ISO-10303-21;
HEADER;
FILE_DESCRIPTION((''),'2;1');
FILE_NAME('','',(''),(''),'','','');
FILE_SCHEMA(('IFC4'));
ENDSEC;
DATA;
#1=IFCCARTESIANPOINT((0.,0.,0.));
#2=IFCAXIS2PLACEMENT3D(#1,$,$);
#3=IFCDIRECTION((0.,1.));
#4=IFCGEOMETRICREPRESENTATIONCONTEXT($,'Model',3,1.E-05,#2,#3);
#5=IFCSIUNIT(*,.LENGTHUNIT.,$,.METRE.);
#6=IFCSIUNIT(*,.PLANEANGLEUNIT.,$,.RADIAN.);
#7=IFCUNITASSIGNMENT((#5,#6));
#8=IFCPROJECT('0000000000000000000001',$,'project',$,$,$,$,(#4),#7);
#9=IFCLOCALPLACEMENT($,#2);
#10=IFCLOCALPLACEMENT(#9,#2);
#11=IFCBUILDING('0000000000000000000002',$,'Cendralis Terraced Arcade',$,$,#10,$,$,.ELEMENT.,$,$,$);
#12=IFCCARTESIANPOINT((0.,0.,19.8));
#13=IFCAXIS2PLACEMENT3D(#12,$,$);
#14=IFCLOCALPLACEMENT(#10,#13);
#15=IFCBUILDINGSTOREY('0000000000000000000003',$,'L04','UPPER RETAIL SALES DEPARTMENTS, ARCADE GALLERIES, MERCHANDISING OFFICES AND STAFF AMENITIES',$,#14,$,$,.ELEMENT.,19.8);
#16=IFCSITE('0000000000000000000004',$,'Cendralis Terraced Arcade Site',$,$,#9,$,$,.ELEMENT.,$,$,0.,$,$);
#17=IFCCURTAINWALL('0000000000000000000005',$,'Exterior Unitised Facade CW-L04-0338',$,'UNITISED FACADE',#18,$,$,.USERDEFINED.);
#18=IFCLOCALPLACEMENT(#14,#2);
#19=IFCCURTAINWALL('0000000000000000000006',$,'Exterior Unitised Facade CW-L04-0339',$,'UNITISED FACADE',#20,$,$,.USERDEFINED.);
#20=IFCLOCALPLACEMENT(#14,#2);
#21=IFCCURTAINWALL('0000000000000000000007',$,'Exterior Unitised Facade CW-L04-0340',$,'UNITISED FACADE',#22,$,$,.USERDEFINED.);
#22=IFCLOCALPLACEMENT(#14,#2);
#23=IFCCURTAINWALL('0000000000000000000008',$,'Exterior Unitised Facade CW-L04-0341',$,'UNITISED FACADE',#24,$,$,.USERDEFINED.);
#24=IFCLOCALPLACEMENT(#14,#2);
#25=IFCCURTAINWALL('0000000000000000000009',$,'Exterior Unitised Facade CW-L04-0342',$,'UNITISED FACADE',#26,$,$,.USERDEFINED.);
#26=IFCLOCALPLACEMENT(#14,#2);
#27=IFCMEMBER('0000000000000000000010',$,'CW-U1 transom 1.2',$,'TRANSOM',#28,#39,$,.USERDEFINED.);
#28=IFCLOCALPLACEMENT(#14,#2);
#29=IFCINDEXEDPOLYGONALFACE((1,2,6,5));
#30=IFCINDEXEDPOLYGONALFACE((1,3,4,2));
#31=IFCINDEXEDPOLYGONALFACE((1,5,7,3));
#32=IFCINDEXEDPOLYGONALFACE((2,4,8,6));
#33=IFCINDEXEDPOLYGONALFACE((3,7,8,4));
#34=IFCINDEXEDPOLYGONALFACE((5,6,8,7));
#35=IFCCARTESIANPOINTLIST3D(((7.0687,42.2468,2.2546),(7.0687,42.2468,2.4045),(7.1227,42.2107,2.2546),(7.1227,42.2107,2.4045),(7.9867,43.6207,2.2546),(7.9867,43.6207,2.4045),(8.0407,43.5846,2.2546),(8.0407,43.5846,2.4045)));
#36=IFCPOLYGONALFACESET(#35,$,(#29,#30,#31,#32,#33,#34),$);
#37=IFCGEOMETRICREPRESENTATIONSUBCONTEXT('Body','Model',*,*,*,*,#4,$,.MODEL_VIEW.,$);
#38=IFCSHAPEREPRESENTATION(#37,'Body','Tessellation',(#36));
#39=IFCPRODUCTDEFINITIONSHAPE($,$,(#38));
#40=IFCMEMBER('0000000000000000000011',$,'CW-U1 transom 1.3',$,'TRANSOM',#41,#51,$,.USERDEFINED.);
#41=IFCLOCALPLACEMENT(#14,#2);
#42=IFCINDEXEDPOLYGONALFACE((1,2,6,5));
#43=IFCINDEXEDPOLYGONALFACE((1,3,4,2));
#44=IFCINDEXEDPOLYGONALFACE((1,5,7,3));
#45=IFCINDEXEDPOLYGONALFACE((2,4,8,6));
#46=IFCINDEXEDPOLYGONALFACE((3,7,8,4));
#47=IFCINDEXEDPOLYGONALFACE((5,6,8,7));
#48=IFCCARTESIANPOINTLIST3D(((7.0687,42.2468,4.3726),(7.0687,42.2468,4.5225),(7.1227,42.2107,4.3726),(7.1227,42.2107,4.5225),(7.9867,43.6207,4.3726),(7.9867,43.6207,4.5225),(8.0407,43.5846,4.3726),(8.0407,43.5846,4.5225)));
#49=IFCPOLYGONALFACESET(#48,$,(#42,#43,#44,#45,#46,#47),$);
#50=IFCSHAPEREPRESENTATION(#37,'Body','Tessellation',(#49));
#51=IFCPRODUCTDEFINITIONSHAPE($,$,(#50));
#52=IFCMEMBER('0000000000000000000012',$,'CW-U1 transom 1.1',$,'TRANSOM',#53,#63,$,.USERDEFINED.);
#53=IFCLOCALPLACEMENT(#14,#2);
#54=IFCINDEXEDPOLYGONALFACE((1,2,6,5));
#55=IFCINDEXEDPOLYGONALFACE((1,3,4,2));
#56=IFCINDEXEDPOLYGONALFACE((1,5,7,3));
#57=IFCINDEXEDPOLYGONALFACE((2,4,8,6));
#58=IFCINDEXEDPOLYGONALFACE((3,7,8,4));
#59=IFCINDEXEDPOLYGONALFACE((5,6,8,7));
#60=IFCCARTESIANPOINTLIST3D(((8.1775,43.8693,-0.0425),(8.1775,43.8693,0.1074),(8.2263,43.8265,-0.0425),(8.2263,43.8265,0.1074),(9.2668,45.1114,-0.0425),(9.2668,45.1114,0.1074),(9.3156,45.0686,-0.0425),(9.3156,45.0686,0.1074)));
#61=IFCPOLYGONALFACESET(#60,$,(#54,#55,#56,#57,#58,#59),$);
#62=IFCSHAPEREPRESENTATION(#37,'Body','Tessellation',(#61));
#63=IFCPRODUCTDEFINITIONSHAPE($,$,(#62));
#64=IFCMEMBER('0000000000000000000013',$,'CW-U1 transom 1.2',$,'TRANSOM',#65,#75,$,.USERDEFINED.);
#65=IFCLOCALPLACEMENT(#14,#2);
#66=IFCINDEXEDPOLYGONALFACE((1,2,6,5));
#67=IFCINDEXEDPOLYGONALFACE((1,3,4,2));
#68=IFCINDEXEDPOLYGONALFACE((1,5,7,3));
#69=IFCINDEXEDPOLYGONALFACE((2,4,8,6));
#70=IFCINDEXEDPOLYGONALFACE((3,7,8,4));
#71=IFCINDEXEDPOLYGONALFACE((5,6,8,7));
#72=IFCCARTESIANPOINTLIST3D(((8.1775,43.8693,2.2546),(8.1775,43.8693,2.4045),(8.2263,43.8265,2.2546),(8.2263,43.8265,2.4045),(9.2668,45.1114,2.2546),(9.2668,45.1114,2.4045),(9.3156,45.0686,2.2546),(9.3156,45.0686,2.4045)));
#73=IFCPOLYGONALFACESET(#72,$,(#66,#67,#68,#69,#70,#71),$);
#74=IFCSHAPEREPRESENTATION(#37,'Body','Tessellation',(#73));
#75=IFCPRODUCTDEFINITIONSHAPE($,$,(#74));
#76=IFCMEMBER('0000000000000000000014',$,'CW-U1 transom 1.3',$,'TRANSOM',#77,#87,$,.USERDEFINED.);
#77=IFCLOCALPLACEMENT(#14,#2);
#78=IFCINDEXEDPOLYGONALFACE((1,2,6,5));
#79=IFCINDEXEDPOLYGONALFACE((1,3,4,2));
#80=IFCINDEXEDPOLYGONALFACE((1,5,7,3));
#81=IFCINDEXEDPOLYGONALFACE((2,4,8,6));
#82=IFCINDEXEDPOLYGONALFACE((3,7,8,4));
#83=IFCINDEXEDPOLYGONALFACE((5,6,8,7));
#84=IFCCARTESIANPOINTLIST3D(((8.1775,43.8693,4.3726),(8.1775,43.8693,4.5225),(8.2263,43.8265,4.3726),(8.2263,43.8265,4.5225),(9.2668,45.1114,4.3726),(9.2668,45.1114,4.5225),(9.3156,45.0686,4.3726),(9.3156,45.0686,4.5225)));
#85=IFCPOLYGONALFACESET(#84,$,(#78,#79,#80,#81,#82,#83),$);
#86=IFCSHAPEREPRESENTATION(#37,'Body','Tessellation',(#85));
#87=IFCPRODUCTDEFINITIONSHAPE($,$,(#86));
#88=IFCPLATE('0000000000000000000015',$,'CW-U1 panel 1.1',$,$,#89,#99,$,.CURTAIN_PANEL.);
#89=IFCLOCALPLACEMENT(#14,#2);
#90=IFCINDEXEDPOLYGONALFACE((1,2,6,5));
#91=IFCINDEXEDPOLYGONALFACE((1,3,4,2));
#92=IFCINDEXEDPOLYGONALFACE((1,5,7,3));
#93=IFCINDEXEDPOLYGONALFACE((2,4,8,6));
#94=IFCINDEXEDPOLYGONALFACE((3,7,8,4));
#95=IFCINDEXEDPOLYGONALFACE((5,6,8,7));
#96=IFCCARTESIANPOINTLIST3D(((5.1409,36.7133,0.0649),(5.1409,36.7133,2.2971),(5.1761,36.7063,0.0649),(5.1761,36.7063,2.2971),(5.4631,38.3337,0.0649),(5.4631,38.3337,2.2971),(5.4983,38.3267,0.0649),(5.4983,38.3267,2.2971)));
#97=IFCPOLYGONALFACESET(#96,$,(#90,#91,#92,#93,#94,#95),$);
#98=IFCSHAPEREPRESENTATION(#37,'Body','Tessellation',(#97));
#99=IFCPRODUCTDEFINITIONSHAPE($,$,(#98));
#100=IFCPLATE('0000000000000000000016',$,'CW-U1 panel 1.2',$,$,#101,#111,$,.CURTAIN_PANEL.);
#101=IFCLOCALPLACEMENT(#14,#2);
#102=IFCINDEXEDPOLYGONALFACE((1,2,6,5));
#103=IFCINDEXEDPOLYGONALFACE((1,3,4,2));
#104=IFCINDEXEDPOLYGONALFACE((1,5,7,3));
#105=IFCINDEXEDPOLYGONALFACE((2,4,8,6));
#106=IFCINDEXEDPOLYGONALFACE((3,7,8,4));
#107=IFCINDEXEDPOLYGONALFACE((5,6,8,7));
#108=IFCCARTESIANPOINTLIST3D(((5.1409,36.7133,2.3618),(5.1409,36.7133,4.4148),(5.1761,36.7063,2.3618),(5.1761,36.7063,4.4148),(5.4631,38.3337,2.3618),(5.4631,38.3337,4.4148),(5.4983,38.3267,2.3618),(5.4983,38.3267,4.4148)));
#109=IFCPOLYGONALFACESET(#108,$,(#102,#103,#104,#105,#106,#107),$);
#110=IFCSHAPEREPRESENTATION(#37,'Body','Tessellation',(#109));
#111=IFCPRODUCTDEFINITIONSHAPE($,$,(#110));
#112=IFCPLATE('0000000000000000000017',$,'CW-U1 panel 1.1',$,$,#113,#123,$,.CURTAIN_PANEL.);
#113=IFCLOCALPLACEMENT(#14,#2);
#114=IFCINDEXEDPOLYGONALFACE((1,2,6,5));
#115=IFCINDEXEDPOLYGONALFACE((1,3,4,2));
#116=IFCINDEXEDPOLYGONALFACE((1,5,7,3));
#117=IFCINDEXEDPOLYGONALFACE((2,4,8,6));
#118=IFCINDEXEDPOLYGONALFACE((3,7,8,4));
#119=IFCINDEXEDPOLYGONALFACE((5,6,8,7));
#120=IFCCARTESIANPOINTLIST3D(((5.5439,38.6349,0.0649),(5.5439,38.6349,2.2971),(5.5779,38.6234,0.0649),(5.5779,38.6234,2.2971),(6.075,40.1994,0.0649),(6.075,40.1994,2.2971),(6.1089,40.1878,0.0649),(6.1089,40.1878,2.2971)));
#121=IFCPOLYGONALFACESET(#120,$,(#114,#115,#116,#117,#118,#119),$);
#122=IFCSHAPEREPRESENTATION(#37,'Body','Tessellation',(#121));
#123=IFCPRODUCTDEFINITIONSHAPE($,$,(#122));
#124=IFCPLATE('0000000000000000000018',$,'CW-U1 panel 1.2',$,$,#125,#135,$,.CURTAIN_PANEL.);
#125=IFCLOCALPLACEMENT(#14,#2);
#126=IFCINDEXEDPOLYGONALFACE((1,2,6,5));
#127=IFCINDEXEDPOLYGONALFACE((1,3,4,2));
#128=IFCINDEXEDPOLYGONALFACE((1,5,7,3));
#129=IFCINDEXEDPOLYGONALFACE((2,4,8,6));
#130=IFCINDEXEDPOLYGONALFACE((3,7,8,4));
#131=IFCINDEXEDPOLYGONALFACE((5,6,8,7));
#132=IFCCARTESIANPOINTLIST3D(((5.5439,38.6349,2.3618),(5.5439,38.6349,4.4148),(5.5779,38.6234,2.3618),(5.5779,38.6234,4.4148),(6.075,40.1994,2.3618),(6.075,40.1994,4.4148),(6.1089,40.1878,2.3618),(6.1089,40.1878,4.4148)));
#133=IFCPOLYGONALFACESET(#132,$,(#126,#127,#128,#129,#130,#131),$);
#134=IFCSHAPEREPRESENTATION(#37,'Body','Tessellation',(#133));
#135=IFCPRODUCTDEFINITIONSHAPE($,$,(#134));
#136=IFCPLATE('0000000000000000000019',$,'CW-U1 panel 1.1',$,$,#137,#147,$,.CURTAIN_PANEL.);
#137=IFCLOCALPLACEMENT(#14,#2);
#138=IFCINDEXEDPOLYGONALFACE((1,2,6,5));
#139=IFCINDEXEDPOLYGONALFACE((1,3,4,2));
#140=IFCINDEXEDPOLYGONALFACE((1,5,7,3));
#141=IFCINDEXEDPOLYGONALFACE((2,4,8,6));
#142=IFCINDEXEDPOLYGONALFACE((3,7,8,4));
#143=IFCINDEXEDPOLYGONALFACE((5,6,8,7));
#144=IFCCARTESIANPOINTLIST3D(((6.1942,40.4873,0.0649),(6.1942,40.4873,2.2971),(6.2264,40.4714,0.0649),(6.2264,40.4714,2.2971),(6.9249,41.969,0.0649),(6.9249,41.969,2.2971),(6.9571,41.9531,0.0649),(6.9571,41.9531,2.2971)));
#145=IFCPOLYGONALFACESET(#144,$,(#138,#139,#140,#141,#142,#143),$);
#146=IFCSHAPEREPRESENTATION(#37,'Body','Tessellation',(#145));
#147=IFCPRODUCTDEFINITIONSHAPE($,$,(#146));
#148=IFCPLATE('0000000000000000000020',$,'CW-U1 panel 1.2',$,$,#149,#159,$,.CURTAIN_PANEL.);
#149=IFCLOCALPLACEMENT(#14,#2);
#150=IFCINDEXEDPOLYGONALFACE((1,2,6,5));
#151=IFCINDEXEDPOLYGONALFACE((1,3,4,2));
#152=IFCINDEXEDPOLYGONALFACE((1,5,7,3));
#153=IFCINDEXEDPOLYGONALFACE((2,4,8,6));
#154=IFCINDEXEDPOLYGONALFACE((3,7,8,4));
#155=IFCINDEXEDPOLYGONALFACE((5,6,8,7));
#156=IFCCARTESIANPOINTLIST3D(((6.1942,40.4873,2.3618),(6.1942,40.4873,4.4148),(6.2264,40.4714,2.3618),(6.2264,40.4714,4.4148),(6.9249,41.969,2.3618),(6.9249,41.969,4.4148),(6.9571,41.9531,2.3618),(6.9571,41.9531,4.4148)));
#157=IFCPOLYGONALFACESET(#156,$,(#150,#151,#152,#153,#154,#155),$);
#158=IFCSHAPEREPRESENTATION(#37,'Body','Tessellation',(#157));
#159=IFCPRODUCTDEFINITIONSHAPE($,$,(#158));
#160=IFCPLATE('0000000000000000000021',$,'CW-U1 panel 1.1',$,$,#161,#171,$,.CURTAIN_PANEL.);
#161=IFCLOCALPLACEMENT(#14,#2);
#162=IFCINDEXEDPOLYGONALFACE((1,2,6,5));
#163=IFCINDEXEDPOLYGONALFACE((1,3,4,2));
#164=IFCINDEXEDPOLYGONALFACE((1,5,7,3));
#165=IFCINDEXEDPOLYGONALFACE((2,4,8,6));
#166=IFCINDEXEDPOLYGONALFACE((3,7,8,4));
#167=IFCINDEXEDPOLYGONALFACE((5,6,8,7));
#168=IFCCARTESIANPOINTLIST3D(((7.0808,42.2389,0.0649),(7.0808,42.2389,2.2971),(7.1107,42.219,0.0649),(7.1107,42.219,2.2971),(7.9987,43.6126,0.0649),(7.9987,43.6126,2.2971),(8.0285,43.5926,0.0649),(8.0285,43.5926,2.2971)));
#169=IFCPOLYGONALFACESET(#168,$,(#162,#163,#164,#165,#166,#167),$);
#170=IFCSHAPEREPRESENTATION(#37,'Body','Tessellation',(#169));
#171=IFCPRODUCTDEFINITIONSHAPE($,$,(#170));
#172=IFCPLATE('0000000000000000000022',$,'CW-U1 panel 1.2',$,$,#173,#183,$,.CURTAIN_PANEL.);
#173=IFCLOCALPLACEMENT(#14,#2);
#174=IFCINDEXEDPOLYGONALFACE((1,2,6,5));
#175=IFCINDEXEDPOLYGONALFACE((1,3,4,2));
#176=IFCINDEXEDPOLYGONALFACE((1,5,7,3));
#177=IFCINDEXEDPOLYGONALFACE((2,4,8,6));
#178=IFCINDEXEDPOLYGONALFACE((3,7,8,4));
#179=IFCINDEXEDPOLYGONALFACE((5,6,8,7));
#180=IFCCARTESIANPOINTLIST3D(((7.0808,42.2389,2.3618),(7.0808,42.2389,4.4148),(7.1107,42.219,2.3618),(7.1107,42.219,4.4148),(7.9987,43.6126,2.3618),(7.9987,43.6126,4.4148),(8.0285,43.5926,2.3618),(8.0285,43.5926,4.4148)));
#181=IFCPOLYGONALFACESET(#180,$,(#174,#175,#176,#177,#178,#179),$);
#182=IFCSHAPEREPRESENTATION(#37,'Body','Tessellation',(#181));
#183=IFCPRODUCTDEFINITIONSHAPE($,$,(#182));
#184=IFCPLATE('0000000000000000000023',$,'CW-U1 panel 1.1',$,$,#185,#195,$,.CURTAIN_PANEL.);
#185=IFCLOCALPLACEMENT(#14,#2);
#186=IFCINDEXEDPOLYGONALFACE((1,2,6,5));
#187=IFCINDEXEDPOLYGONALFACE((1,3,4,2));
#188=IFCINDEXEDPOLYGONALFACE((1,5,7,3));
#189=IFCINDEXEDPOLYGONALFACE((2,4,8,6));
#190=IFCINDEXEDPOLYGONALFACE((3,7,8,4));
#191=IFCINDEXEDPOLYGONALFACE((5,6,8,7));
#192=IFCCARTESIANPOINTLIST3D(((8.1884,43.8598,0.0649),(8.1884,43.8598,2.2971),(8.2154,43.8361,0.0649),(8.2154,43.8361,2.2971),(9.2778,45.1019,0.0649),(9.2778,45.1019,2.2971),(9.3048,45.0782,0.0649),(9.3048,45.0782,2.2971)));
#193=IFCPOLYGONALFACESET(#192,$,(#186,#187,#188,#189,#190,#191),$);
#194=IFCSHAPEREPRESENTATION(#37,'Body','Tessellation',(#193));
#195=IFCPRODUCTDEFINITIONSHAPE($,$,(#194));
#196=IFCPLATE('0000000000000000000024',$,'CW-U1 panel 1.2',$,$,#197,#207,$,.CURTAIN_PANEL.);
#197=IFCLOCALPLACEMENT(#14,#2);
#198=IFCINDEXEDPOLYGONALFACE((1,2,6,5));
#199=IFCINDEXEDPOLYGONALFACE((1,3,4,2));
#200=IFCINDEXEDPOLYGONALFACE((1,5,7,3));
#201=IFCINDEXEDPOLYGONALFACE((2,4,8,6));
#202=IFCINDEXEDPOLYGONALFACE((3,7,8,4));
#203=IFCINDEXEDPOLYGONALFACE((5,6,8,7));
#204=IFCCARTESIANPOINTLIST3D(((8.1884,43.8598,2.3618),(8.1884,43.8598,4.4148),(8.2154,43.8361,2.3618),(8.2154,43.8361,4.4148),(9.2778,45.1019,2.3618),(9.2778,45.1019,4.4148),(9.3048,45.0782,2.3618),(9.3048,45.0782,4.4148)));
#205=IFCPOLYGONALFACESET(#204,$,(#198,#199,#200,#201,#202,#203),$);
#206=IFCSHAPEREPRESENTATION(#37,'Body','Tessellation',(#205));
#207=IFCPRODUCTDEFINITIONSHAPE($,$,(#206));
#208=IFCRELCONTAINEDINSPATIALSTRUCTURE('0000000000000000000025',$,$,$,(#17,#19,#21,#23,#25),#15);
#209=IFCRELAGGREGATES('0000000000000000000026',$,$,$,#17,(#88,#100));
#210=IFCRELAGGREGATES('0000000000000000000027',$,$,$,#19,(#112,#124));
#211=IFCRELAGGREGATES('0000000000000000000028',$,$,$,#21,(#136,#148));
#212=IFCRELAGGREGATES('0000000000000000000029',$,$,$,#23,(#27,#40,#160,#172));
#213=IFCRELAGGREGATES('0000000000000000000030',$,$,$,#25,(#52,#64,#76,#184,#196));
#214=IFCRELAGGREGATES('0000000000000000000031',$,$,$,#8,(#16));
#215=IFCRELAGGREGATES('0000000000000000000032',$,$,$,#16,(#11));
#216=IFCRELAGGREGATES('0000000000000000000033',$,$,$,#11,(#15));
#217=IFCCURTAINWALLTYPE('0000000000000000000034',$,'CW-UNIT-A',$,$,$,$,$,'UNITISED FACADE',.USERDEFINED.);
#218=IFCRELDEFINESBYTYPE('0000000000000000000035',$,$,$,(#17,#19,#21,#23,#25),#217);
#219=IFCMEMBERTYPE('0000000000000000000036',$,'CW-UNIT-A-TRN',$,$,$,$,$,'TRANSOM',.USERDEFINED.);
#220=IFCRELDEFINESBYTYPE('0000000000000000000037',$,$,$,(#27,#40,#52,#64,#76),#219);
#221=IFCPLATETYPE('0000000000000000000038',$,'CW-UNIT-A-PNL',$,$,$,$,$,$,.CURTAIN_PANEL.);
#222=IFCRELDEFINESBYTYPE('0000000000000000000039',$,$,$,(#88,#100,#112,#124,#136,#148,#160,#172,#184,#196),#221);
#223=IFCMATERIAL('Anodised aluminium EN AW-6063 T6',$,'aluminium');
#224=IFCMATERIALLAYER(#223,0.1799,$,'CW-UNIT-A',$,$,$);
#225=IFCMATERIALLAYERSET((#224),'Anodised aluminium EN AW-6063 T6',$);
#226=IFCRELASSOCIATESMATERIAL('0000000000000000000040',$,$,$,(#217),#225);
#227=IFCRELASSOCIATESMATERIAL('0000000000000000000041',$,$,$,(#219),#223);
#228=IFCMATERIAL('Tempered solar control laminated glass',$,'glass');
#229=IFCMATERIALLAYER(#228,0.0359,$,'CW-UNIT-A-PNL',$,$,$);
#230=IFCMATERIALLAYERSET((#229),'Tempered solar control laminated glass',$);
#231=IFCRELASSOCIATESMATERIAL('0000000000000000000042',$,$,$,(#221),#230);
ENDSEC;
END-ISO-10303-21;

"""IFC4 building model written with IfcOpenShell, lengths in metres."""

from ifc_helpers import new_model, si_unit, direction, frame, origin, origin_2d, place, context, subcontext, project, spatial, rectangle, extrude, material, layer, layer_set, material_profile, profile_set, type_object, element, aggregate, save


model = new_model("IFC4")

# Units and contexts
model_context = context("Model", 3, precision=1e-05, world=origin(), true_north=direction((0.0, 1.0)))
body_context = subcontext(model_context, "Body", "Model", "MODEL_VIEW")
ifc_project = project(units=[si_unit("LENGTHUNIT", "METRE"), si_unit("PLANEANGLEUNIT", "RADIAN")], contexts=[model_context])

# Site, building, storey
site_placement = place(None, origin())
site = spatial("IfcSite", under=ifc_project, at=site_placement, Name="Cendralis Terraced Arcade Site", CompositionType="ELEMENT", RefElevation=0.0)
building_placement = place(site_placement, origin())
building = spatial("IfcBuilding", under=site, at=building_placement, Name="Cendralis Terraced Arcade", CompositionType="ELEMENT")
storey_placement = place(building_placement, frame((0.0, 0.0, 19.8)))
storey = spatial("IfcBuildingStorey", under=building, at=storey_placement, Name="L04", Description="UPPER RETAIL SALES DEPARTMENTS, ARCADE GALLERIES, MERCHANDISING OFFICES AND STAFF AMENITIES", CompositionType="ELEMENT", Elevation=19.8)

# Curtain wall
ifc_material_1 = material(Name="Anodised aluminium EN AW-6063 T6", Category="aluminium")
ifc_layer_1 = layer(ifc_material_1, 0.1799, Name="CW-UNIT-A")
ifc_layer_set_1 = layer_set([ifc_layer_1], Name="Anodised aluminium EN AW-6063 T6")
curtain_wall_type = type_object("IfcCurtainWallType", Name="CW-UNIT-A", ElementType="UNITISED FACADE", PredefinedType="USERDEFINED", material=ifc_layer_set_1)
curtain_wall_1_placement = place(storey_placement, origin())
curtain_wall_1 = element("IfcCurtainWall", 1, at=curtain_wall_1_placement, inside=storey, type_object=curtain_wall_type, Name="Exterior Unitised Facade CW-L04-0338", ObjectType="UNITISED FACADE", PredefinedType="USERDEFINED")

# Curtain walls
curtain_wall_2_placement = place(storey_placement, origin())
curtain_wall_2 = element("IfcCurtainWall", 2, at=curtain_wall_2_placement, inside=storey, type_object=curtain_wall_type, Name="Exterior Unitised Facade CW-L04-0339", ObjectType="UNITISED FACADE", PredefinedType="USERDEFINED")
curtain_wall_3_placement = place(storey_placement, origin())
curtain_wall_3 = element("IfcCurtainWall", 3, at=curtain_wall_3_placement, inside=storey, type_object=curtain_wall_type, Name="Exterior Unitised Facade CW-L04-0340", ObjectType="UNITISED FACADE", PredefinedType="USERDEFINED")
curtain_wall_4_placement = place(storey_placement, origin())
curtain_wall_4 = element("IfcCurtainWall", 4, at=curtain_wall_4_placement, inside=storey, type_object=curtain_wall_type, Name="Exterior Unitised Facade CW-L04-0341", ObjectType="UNITISED FACADE", PredefinedType="USERDEFINED")

# Curtain wall
curtain_wall_5_placement = place(storey_placement, origin())
curtain_wall_5 = element("IfcCurtainWall", 5, at=curtain_wall_5_placement, inside=storey, type_object=curtain_wall_type, Name="Exterior Unitised Facade CW-L04-0342", ObjectType="UNITISED FACADE", PredefinedType="USERDEFINED")

# Members
ifc_material_profile_1 = material_profile(ifc_material_1, rectangle(XDim=0.0649, YDim=0.1499, at=origin_2d()), Name="ALU-TRN-65x150")
ifc_profile_set_1 = profile_set([ifc_material_profile_1], Name="Anodised aluminium EN AW-6063 T6")
member_type_1 = type_object("IfcMemberType", Name="CW-UNIT-A-TRN", ElementType="TRANSOM", PredefinedType="USERDEFINED", material=ifc_profile_set_1)
member_1_placement = place(storey_placement, frame((7.0957, 42.2288, 2.3296), z_axis=(0.555586, 0.831459, 0.0), x_axis=(-0.831459, 0.555586, 0.0)))
member_1 = element("IfcMember", 6, at=member_1_placement, type_object=member_type_1, Name="CW-U1 transom 1.2", ObjectType="TRANSOM", PredefinedType="USERDEFINED", context=body_context, shape_type="SweptSolid", body=[
    extrude(rectangle(XDim=0.0649, YDim=0.1499, at=origin_2d()), origin(), (0.0, 0.0, 1.0), 1.6523),
])
member_2_placement = place(storey_placement, frame((7.0957, 42.2288, 4.4475), z_axis=(0.555586, 0.831459, 0.0), x_axis=(-0.831459, 0.555586, 0.0)))
member_2 = element("IfcMember", 7, at=member_2_placement, type_object=member_type_1, Name="CW-U1 transom 1.3", ObjectType="TRANSOM", PredefinedType="USERDEFINED", context=body_context, shape_type="SweptSolid", body=[
    extrude(rectangle(XDim=0.0649, YDim=0.1499, at=origin_2d()), origin(), (0.0, 0.0, 1.0), 1.6523),
])
member_3_placement = place(storey_placement, frame((8.2019, 43.8479, 0.0325), z_axis=(0.659341, 0.751844, 0.0), x_axis=(-0.751844, 0.659341, 0.0)))
member_3 = element("IfcMember", 8, at=member_3_placement, type_object=member_type_1, Name="CW-U1 transom 1.1", ObjectType="TRANSOM", PredefinedType="USERDEFINED", context=body_context, shape_type="SweptSolid", body=[
    extrude(rectangle(XDim=0.0649, YDim=0.1499, at=origin_2d()), origin(), (0.0, 0.0, 1.0), 1.6521),
])
member_4_placement = place(storey_placement, frame((8.2019, 43.8479, 2.3296), z_axis=(0.659341, 0.751844, 0.0), x_axis=(-0.751844, 0.659341, 0.0)))
member_4 = element("IfcMember", 9, at=member_4_placement, type_object=member_type_1, Name="CW-U1 transom 1.2", ObjectType="TRANSOM", PredefinedType="USERDEFINED", context=body_context, shape_type="SweptSolid", body=[
    extrude(rectangle(XDim=0.0649, YDim=0.1499, at=origin_2d()), origin(), (0.0, 0.0, 1.0), 1.6521),
])
member_5_placement = place(storey_placement, frame((8.2019, 43.8479, 4.4475), z_axis=(0.659341, 0.751844, 0.0), x_axis=(-0.751844, 0.659341, 0.0)))
member_5 = element("IfcMember", 10, at=member_5_placement, type_object=member_type_1, Name="CW-U1 transom 1.3", ObjectType="TRANSOM", PredefinedType="USERDEFINED", context=body_context, shape_type="SweptSolid", body=[
    extrude(rectangle(XDim=0.0649, YDim=0.1499, at=origin_2d()), origin(), (0.0, 0.0, 1.0), 1.6521),
])

# Plates
ifc_material_2 = material(Name="Tempered solar control laminated glass", Category="glass")
ifc_layer_2 = layer(ifc_material_2, 0.0359, Name="CW-UNIT-A-PNL")
ifc_layer_set_2 = layer_set([ifc_layer_2], Name="Tempered solar control laminated glass")
plate_type = type_object("IfcPlateType", Name="CW-UNIT-A-PNL", PredefinedType="CURTAIN_PANEL", material=ifc_layer_set_2)
plate_1_placement = place(storey_placement, frame((5.3196, 37.52, 0.0649), z_axis=(0.0, 0.0, 1.0), x_axis=(0.195058, 0.980792, 0.0)))
plate_1 = element("IfcPlate", 11, at=plate_1_placement, type_object=plate_type, Name="CW-U1 panel 1.1", PredefinedType="CURTAIN_PANEL", context=body_context, shape_type="SweptSolid", body=[
    extrude(rectangle(XDim=1.6521, YDim=0.0359, at=origin_2d()), origin(), (0.0, 0.0, 1.0), 2.2322),
])
plate_2_placement = place(storey_placement, frame((5.3196, 37.52, 2.3618), z_axis=(0.0, 0.0, 1.0), x_axis=(0.195058, 0.980792, 0.0)))
plate_2 = element("IfcPlate", 12, at=plate_2_placement, type_object=plate_type, Name="CW-U1 panel 1.2", PredefinedType="CURTAIN_PANEL", context=body_context, shape_type="SweptSolid", body=[
    extrude(rectangle(XDim=1.6521, YDim=0.0359, at=origin_2d()), origin(), (0.0, 0.0, 1.0), 2.053),
])
aggregate(curtain_wall_1, [plate_1, plate_2])
plate_3_placement = place(storey_placement, frame((5.8264, 39.4114, 0.0649), z_axis=(0.0, 0.0, 1.0), x_axis=(0.321458, 0.946924, 0.0)))
plate_3 = element("IfcPlate", 13, at=plate_3_placement, type_object=plate_type, Name="CW-U1 panel 1.1", PredefinedType="CURTAIN_PANEL", context=body_context, shape_type="SweptSolid", body=[
    extrude(rectangle(XDim=1.6521, YDim=0.0359, at=origin_2d()), origin(), (0.0, 0.0, 1.0), 2.2322),
])
plate_4_placement = place(storey_placement, frame((5.8264, 39.4114, 2.3618), z_axis=(0.0, 0.0, 1.0), x_axis=(0.321458, 0.946924, 0.0)))
plate_4 = element("IfcPlate", 14, at=plate_4_placement, type_object=plate_type, Name="CW-U1 panel 1.2", PredefinedType="CURTAIN_PANEL", context=body_context, shape_type="SweptSolid", body=[
    extrude(rectangle(XDim=1.6521, YDim=0.0359, at=origin_2d()), origin(), (0.0, 0.0, 1.0), 2.053),
])
aggregate(curtain_wall_2, [plate_3, plate_4])
plate_5_placement = place(storey_placement, frame((6.5757, 41.2202, 0.0649), z_axis=(0.0, 0.0, 1.0), x_axis=(0.442291, 0.896871, 0.0)))
plate_5 = element("IfcPlate", 15, at=plate_5_placement, type_object=plate_type, Name="CW-U1 panel 1.1", PredefinedType="CURTAIN_PANEL", context=body_context, shape_type="SweptSolid", body=[
    extrude(rectangle(XDim=1.6521, YDim=0.0359, at=origin_2d()), origin(), (0.0, 0.0, 1.0), 2.2322),
])
plate_6_placement = place(storey_placement, frame((6.5757, 41.2202, 2.3618), z_axis=(0.0, 0.0, 1.0), x_axis=(0.442291, 0.896871, 0.0)))
plate_6 = element("IfcPlate", 16, at=plate_6_placement, type_object=plate_type, Name="CW-U1 panel 1.2", PredefinedType="CURTAIN_PANEL", context=body_context, shape_type="SweptSolid", body=[
    extrude(rectangle(XDim=1.6521, YDim=0.0359, at=origin_2d()), origin(), (0.0, 0.0, 1.0), 2.053),
])
aggregate(curtain_wall_3, [plate_5, plate_6])
plate_7_placement = place(storey_placement, frame((7.5547, 42.9158, 0.0649), z_axis=(0.0, 0.0, 1.0), x_axis=(0.555567, 0.831471, 0.0)))
plate_7 = element("IfcPlate", 17, at=plate_7_placement, type_object=plate_type, Name="CW-U1 panel 1.1", PredefinedType="CURTAIN_PANEL", context=body_context, shape_type="SweptSolid", body=[
    extrude(rectangle(XDim=1.6521, YDim=0.0359, at=origin_2d()), origin(), (0.0, 0.0, 1.0), 2.2322),
])
plate_8_placement = place(storey_placement, frame((7.5547, 42.9158, 2.3618), z_axis=(0.0, 0.0, 1.0), x_axis=(0.555567, 0.831471, 0.0)))
plate_8 = element("IfcPlate", 18, at=plate_8_placement, type_object=plate_type, Name="CW-U1 panel 1.2", PredefinedType="CURTAIN_PANEL", context=body_context, shape_type="SweptSolid", body=[
    extrude(rectangle(XDim=1.6521, YDim=0.0359, at=origin_2d()), origin(), (0.0, 0.0, 1.0), 2.053),
])
aggregate(curtain_wall_4, [member_1, member_2, plate_7, plate_8])
plate_9_placement = place(storey_placement, frame((8.7466, 44.469, 0.0649), z_axis=(0.0, 0.0, 1.0), x_axis=(0.659386, 0.751804, 0.0)))
plate_9 = element("IfcPlate", 19, at=plate_9_placement, type_object=plate_type, Name="CW-U1 panel 1.1", PredefinedType="CURTAIN_PANEL", context=body_context, shape_type="SweptSolid", body=[
    extrude(rectangle(XDim=1.6521, YDim=0.0359, at=origin_2d()), origin(), (0.0, 0.0, 1.0), 2.2322),
])
plate_10_placement = place(storey_placement, frame((8.7466, 44.469, 2.3618), z_axis=(0.0, 0.0, 1.0), x_axis=(0.659386, 0.751804, 0.0)))
plate_10 = element("IfcPlate", 20, at=plate_10_placement, type_object=plate_type, Name="CW-U1 panel 1.2", PredefinedType="CURTAIN_PANEL", context=body_context, shape_type="SweptSolid", body=[
    extrude(rectangle(XDim=1.6521, YDim=0.0359, at=origin_2d()), origin(), (0.0, 0.0, 1.0), 2.053),
])
aggregate(curtain_wall_5, [member_3, member_4, member_5, plate_9, plate_10])

save(model, "model.ifc")
